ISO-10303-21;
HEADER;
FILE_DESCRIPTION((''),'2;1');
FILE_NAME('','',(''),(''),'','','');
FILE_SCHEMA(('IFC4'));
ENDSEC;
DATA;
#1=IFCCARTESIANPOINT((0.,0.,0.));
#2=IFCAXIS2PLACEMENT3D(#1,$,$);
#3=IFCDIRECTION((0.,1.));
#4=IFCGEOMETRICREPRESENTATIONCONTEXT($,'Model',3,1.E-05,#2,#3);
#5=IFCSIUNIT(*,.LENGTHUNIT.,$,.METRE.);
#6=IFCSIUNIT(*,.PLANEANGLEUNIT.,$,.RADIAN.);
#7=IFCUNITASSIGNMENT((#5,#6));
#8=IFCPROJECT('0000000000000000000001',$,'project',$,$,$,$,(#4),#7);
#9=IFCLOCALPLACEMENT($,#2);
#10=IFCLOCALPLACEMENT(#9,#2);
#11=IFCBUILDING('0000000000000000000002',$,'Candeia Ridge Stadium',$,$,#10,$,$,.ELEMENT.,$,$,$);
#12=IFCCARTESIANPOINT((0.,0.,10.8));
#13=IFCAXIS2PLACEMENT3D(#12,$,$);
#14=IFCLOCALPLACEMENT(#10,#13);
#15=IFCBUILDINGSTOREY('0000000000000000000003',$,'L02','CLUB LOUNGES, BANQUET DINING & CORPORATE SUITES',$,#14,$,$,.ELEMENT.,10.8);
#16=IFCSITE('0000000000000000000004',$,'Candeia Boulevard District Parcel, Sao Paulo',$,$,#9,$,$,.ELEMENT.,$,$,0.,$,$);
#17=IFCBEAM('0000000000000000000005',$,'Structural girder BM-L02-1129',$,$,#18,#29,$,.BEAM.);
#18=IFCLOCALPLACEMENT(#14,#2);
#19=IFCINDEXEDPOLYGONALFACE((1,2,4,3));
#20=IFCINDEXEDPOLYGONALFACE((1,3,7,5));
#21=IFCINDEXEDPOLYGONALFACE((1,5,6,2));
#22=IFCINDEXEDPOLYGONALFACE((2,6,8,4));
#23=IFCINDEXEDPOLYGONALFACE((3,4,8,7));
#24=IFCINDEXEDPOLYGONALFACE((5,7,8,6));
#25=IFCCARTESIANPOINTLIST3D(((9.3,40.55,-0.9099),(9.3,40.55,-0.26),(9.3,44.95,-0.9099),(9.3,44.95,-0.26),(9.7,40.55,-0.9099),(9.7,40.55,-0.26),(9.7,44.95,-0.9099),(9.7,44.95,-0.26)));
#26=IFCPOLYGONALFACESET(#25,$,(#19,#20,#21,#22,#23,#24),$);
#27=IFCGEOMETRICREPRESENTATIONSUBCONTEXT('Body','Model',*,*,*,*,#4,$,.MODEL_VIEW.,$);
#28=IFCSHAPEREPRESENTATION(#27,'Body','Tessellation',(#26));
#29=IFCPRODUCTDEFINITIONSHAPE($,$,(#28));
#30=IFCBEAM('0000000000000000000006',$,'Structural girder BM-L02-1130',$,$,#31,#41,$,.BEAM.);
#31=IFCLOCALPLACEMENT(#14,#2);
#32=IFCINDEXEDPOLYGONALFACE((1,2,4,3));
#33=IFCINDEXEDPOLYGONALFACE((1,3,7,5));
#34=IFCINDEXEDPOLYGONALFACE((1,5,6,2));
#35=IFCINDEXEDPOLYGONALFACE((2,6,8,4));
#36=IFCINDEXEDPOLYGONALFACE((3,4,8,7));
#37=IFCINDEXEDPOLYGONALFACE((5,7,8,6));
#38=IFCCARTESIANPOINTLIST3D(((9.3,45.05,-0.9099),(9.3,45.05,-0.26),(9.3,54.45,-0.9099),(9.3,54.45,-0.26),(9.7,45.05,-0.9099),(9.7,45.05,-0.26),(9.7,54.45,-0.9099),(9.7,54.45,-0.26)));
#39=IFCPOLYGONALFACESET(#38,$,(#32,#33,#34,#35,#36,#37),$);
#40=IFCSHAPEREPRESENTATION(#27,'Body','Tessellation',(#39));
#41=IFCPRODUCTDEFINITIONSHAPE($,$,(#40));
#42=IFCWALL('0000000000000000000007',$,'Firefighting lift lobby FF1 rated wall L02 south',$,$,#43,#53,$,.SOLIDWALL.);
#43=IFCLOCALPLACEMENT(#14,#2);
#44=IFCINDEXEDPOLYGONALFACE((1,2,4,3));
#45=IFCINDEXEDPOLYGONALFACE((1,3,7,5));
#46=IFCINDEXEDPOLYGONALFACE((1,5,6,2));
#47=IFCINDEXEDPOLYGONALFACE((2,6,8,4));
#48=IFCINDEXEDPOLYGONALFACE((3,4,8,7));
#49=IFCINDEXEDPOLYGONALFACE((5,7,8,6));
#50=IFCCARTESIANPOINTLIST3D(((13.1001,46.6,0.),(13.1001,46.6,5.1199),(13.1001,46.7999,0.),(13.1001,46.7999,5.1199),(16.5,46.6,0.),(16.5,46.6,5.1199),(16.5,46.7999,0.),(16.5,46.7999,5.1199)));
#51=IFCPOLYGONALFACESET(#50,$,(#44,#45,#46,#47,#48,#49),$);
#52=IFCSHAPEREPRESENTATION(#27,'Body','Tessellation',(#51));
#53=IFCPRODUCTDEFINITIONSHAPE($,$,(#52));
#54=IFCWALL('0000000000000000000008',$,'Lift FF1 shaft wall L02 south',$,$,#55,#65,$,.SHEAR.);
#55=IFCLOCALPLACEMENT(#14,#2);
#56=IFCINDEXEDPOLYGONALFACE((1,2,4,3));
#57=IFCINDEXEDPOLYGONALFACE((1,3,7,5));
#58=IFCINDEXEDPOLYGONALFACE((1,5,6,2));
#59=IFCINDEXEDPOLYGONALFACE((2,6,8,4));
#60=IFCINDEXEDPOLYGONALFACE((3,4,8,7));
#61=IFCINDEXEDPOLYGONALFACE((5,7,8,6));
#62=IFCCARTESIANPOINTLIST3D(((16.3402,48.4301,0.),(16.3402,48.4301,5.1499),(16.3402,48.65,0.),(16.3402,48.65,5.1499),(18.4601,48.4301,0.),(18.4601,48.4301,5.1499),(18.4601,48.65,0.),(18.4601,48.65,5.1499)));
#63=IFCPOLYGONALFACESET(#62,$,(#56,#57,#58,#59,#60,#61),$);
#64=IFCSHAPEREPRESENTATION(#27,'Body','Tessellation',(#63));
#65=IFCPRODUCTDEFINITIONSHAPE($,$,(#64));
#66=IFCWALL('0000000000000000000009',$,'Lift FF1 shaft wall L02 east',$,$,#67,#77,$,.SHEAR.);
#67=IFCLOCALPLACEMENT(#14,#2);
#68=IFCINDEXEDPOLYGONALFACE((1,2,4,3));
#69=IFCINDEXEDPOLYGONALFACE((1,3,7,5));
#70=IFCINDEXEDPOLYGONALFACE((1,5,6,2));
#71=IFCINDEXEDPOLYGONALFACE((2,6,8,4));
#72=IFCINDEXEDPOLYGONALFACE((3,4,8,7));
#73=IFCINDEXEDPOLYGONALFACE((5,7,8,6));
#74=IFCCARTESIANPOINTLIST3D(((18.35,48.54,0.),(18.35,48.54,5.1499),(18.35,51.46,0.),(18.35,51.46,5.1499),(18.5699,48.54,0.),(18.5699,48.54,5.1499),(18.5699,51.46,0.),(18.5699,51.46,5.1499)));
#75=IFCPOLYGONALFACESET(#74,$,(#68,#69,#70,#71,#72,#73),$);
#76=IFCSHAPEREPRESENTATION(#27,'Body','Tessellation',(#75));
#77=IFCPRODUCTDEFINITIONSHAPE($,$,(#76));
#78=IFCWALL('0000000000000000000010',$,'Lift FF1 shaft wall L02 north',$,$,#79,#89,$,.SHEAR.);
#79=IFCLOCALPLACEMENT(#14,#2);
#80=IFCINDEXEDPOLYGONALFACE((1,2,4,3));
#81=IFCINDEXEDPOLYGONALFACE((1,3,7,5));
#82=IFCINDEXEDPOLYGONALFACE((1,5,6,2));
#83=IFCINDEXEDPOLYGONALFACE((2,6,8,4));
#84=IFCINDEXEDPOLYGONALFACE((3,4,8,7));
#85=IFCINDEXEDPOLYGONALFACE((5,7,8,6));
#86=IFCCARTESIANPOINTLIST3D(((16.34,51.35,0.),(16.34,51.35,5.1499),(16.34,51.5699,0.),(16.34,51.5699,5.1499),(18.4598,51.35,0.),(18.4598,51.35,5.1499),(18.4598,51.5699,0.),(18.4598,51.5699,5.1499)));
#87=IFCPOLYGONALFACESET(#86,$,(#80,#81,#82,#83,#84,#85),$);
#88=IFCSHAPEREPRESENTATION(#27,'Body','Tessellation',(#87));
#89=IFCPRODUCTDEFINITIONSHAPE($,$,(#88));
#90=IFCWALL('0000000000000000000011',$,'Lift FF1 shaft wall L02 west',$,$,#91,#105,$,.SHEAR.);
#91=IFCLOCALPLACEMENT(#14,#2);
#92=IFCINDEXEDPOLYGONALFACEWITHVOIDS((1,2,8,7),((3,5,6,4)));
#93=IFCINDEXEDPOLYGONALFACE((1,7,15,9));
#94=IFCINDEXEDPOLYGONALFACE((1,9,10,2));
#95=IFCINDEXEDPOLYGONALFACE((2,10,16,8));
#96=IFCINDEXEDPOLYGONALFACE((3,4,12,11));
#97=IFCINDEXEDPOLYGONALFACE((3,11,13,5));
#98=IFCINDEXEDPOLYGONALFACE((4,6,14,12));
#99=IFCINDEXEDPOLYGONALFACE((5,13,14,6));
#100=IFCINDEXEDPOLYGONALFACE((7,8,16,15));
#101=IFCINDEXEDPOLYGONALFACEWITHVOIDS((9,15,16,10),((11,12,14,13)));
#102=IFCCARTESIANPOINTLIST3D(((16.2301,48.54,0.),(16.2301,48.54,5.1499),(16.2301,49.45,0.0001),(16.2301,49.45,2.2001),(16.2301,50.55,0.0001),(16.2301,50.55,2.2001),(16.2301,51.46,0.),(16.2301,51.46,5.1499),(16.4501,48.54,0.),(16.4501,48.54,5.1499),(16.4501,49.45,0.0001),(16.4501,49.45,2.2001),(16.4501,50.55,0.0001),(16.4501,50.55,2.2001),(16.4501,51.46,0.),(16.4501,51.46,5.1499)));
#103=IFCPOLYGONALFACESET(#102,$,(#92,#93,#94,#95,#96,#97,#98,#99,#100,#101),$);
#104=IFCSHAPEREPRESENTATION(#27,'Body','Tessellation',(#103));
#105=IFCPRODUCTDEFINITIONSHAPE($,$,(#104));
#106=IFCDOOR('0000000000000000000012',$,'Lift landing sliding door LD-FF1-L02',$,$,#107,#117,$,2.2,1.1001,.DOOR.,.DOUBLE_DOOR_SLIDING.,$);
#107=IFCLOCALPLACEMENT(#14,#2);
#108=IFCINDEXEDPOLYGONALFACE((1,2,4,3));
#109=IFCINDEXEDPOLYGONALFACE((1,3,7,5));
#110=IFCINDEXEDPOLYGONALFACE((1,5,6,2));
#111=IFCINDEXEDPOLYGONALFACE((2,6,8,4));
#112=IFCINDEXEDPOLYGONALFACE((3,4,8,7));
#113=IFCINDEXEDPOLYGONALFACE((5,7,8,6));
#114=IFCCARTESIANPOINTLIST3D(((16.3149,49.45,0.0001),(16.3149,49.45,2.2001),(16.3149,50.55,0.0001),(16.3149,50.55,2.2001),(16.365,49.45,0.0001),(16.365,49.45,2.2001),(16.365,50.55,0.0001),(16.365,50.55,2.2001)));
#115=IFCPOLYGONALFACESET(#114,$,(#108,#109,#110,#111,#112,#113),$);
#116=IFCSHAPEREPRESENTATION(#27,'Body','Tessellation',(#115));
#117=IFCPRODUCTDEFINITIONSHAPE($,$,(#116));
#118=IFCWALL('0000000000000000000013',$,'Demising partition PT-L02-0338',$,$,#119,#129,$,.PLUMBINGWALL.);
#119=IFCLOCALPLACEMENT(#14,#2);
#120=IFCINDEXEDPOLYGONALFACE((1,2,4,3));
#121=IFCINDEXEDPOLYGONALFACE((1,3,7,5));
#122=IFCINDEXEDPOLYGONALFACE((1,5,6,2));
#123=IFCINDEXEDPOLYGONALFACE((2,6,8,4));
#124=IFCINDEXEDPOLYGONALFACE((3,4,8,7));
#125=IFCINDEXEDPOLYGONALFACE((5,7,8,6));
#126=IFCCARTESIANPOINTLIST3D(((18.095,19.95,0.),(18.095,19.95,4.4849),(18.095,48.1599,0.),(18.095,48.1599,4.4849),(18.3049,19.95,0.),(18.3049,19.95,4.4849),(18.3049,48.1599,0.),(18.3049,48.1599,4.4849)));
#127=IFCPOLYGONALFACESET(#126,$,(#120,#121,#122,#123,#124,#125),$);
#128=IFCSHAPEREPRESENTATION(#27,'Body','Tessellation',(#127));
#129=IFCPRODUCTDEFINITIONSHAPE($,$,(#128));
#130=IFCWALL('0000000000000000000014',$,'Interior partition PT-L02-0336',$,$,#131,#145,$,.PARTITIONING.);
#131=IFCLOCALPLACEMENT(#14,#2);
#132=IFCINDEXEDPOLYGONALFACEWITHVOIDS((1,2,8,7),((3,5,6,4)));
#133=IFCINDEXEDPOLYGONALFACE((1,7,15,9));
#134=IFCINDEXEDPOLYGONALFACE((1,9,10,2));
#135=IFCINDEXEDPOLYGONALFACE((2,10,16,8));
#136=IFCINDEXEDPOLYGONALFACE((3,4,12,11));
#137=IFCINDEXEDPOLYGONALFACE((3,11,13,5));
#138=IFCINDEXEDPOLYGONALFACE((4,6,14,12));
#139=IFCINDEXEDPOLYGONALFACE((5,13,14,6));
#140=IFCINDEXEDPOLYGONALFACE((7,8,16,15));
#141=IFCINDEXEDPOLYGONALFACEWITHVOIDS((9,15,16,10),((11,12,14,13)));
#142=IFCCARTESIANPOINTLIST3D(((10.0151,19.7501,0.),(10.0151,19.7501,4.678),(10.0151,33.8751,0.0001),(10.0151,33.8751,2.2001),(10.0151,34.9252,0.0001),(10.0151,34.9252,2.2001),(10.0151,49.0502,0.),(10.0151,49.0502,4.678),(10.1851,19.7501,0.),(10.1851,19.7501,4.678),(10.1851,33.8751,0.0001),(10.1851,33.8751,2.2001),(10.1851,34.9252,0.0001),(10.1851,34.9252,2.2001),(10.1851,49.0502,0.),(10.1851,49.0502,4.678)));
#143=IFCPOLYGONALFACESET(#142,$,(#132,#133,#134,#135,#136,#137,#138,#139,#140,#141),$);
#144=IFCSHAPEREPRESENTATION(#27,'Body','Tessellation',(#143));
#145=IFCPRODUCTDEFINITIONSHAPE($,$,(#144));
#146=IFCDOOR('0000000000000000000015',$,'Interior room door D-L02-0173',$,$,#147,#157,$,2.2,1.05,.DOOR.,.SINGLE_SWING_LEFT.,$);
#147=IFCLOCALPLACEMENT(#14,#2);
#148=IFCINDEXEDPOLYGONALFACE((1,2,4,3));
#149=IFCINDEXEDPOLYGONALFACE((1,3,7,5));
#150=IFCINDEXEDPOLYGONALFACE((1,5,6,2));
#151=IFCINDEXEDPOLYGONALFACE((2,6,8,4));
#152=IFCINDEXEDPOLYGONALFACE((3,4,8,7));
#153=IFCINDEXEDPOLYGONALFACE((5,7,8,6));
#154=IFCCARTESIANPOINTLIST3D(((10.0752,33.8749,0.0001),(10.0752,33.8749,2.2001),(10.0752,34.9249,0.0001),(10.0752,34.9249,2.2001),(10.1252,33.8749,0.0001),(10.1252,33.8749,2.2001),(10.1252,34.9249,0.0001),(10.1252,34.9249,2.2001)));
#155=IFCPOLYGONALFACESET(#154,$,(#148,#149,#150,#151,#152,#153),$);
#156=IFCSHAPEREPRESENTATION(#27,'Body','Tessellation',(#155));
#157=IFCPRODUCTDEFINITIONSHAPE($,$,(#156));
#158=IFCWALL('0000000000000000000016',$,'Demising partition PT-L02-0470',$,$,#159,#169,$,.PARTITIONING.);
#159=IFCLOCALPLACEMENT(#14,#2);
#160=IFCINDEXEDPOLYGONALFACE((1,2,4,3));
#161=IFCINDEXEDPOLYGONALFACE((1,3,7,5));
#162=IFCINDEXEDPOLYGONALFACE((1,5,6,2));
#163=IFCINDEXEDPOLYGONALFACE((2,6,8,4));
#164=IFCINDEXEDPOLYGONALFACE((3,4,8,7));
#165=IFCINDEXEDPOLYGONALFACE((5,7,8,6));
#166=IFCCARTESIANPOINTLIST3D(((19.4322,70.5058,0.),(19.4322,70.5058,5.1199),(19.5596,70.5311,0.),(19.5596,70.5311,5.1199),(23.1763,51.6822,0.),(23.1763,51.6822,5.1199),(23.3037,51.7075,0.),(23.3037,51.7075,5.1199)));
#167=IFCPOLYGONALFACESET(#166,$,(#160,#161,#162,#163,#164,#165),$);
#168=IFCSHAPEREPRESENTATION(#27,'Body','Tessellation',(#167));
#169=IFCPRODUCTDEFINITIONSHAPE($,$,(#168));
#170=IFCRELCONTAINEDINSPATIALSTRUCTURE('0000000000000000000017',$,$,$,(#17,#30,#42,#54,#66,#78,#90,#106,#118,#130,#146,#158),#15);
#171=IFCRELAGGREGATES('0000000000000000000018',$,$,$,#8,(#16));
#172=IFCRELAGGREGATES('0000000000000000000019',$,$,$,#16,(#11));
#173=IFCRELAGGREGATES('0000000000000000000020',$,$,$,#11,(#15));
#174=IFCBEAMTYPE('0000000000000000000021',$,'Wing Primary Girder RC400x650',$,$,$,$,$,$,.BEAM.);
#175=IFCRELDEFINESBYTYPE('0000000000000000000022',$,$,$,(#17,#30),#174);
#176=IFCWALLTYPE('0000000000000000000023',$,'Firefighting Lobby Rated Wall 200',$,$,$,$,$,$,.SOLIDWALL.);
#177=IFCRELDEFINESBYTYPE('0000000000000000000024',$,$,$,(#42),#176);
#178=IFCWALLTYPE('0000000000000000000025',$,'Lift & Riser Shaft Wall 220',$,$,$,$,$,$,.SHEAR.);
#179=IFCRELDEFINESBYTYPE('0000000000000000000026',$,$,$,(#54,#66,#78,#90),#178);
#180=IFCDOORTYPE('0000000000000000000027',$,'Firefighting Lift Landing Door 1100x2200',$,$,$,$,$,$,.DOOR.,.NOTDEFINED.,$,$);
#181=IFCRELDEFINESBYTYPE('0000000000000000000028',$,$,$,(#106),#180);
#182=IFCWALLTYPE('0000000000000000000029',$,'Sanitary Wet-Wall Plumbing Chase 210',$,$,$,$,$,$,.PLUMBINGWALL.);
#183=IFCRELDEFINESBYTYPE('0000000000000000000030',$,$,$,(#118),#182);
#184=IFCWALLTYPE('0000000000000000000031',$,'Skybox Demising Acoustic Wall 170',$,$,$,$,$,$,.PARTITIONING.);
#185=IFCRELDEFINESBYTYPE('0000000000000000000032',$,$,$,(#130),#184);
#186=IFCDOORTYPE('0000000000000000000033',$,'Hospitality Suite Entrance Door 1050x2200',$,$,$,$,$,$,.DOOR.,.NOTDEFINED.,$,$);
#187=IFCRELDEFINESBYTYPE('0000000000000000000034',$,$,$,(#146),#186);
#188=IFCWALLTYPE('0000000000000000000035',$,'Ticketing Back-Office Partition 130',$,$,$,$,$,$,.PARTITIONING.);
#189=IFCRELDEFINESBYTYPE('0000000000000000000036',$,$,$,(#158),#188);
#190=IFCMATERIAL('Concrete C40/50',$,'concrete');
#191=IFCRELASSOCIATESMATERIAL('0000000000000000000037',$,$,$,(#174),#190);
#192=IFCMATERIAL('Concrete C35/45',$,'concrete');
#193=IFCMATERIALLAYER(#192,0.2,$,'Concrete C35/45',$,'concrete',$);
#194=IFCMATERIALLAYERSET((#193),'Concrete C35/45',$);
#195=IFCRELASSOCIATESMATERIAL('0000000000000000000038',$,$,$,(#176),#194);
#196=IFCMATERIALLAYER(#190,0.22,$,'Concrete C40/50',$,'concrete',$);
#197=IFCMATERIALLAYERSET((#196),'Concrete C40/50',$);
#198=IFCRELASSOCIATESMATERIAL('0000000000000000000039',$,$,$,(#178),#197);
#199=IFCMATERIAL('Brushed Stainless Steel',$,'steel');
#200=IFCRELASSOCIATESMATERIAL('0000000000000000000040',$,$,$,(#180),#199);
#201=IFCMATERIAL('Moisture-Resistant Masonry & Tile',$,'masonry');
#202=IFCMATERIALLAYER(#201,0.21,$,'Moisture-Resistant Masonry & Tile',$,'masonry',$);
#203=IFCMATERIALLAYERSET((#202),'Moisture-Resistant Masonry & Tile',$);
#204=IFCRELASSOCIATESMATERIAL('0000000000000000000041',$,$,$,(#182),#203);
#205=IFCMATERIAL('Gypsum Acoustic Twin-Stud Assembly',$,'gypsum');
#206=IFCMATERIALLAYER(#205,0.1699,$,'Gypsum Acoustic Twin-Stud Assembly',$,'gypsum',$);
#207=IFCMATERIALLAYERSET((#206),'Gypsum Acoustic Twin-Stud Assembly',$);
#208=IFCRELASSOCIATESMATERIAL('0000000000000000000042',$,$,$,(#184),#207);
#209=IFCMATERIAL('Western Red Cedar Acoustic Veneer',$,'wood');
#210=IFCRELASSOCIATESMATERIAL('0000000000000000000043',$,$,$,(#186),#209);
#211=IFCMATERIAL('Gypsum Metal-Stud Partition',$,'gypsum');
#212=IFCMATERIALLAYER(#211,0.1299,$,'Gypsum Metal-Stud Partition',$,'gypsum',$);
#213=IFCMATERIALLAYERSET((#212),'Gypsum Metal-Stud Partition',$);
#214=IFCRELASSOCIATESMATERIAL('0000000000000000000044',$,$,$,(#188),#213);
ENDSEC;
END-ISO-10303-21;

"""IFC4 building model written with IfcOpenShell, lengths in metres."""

from ifc_helpers import new_model, si_unit, direction, frame, frame_2d, origin, origin_2d, place, context, subcontext, project, spatial, rectangle, extrude, material, layer, layer_set, material_profile, profile_set, type_object, element, fill, save


model = new_model("IFC4")

# Units and contexts
model_context = context("Model", 3, precision=1e-05, world=origin(), true_north=direction((0.0, 1.0)))
body_context = subcontext(model_context, "Body", "Model", "MODEL_VIEW")
ifc_project = project(units=[si_unit("LENGTHUNIT", "METRE"), si_unit("PLANEANGLEUNIT", "RADIAN")], contexts=[model_context])

# Site, building, storey
site_placement = place(None, origin())
site = spatial("IfcSite", under=ifc_project, at=site_placement, Name="Candeia Boulevard District Parcel, Sao Paulo", CompositionType="ELEMENT", RefElevation=0.0)
building_placement = place(site_placement, origin())
building = spatial("IfcBuilding", under=site, at=building_placement, Name="Candeia Ridge Stadium", CompositionType="ELEMENT")
storey_placement = place(building_placement, frame((0.0, 0.0, 10.8)))
storey = spatial("IfcBuildingStorey", under=building, at=storey_placement, Name="L02", Description="CLUB LOUNGES, BANQUET DINING & CORPORATE SUITES", CompositionType="ELEMENT", Elevation=10.8)

# Shared definitions
ifc_material_1 = material(Name="Concrete C40/50", Category="concrete")

# Beams
ifc_material_profile_1 = material_profile(ifc_material_1, rectangle(XDim=0.3999, YDim=0.6499, at=origin_2d()), Name="RC400x650", Category="concrete")
ifc_profile_set_1 = profile_set([ifc_material_profile_1], Name="Concrete C40/50")
beam_type_1 = type_object("IfcBeamType", Name="Wing Primary Girder RC400x650", PredefinedType="BEAM", material=ifc_profile_set_1)
beam_1_placement = place(storey_placement, frame((9.5, 40.55, -0.585), z_axis=(0.0, 1.0, 0.0), x_axis=(-1.0, 0.0, 0.0)))
element("IfcBeam", 1, at=beam_1_placement, inside=storey, type_object=beam_type_1, Name="Structural girder BM-L02-1129", PredefinedType="BEAM", context=body_context, shape_type="SweptSolid", body=[
    extrude(rectangle(XDim=0.3999, YDim=0.6499, at=origin_2d()), origin(), (0.0, 0.0, 1.0), 4.3999),
])
beam_2_placement = place(storey_placement, frame((9.5, 45.05, -0.585), z_axis=(0.0, 1.0, 0.0), x_axis=(-1.0, 0.0, 0.0)))
element("IfcBeam", 2, at=beam_2_placement, inside=storey, type_object=beam_type_1, Name="Structural girder BM-L02-1130", PredefinedType="BEAM", context=body_context, shape_type="SweptSolid", body=[
    extrude(rectangle(XDim=0.3999, YDim=0.6499, at=origin_2d()), origin(), (0.0, 0.0, 1.0), 9.3999),
])

# Walls
ifc_material_2 = material(Name="Concrete C35/45", Category="concrete")
ifc_layer_1 = layer(ifc_material_2, 0.2, Name="Concrete C35/45", Category="concrete")
ifc_layer_set_1 = layer_set([ifc_layer_1], Name="Concrete C35/45")
wall_type_1 = type_object("IfcWallType", Name="Firefighting Lobby Rated Wall 200", PredefinedType="SOLIDWALL", material=ifc_layer_set_1)
wall_1_placement = place(storey_placement, frame((13.1001, 46.7, 0.0), z_axis=(0.0, 0.0, 1.0), x_axis=(1.0, 0.0, 0.0)))
element("IfcWall", 3, at=wall_1_placement, inside=storey, type_object=wall_type_1, Name="Firefighting lift lobby FF1 rated wall L02 south", PredefinedType="SOLIDWALL", context=body_context, shape_type="SweptSolid", body=[
    extrude(rectangle(XDim=3.3999, YDim=0.2, at=frame_2d((1.7, 0.0))), origin(), (0.0, 0.0, 1.0), 5.1199),
])
ifc_layer_2 = layer(ifc_material_1, 0.22, Name="Concrete C40/50", Category="concrete")
ifc_layer_set_2 = layer_set([ifc_layer_2], Name="Concrete C40/50")
wall_type_2 = type_object("IfcWallType", Name="Lift & Riser Shaft Wall 220", PredefinedType="SHEAR", material=ifc_layer_set_2)
wall_2_placement = place(storey_placement, frame((16.3401, 48.54, 0.0), z_axis=(0.0, 0.0, 1.0), x_axis=(1.0, 0.0, 0.0)))
element("IfcWall", 4, at=wall_2_placement, inside=storey, type_object=wall_type_2, Name="Lift FF1 shaft wall L02 south", PredefinedType="SHEAR", context=body_context, shape_type="SweptSolid", body=[
    extrude(rectangle(XDim=2.1199, YDim=0.22, at=frame_2d((1.0601, 0.0))), origin(), (0.0, 0.0, 1.0), 5.1499),
])
wall_3_placement = place(storey_placement, frame((18.46, 48.54, 0.0), z_axis=(0.0, 0.0, 1.0), x_axis=(0.0, 1.0, 0.0)))
element("IfcWall", 5, at=wall_3_placement, inside=storey, type_object=wall_type_2, Name="Lift FF1 shaft wall L02 east", PredefinedType="SHEAR", context=body_context, shape_type="SweptSolid", body=[
    extrude(rectangle(XDim=2.9199, YDim=0.22, at=frame_2d((1.46, 0.0))), origin(), (0.0, 0.0, 1.0), 5.1499),
])
wall_4_placement = place(storey_placement, frame((18.46, 51.46, 0.0), z_axis=(0.0, 0.0, 1.0), x_axis=(-1.0, 0.0, 0.0)))
element("IfcWall", 6, at=wall_4_placement, inside=storey, type_object=wall_type_2, Name="Lift FF1 shaft wall L02 north", PredefinedType="SHEAR", context=body_context, shape_type="SweptSolid", body=[
    extrude(rectangle(XDim=2.1199, YDim=0.22, at=frame_2d((1.0601, 0.0))), origin(), (0.0, 0.0, 1.0), 5.1499),
])

# Wall, opening, door
wall_5_placement = place(storey_placement, frame((16.3401, 51.46, 0.0), z_axis=(0.0, 0.0, 1.0), x_axis=(0.0, -1.0, 0.0)))
wall_5 = element("IfcWall", 7, at=wall_5_placement, inside=storey, type_object=wall_type_2, Name="Lift FF1 shaft wall L02 west", PredefinedType="SHEAR", context=body_context, shape_type="SweptSolid", body=[
    extrude(rectangle(XDim=2.9199, YDim=0.22, at=frame_2d((1.46, 0.0))), origin(), (0.0, 0.0, 1.0), 5.1499),
])
opening_1_placement = place(wall_5_placement, frame((0.9099, 0.0, 0.0)))
opening_1 = element("IfcOpeningElement", 8, at=opening_1_placement, cuts=wall_5, PredefinedType="OPENING", context=body_context, shape_type="SweptSolid", body=[
    extrude(rectangle(XDim=1.1001, YDim=2.2, at=frame_2d((0.55, 1.1001))), frame((0.0, 0.1199, 0.0), z_axis=(0.0, -1.0, 0.0), x_axis=(1.0, 0.0, 0.0)), (0.0, 0.0, 1.0), 0.24),
])
ifc_material_3 = material(Name="Brushed Stainless Steel", Category="steel")
door_type_1 = type_object("IfcDoorType", Name="Firefighting Lift Landing Door 1100x2200", OperationType="NOTDEFINED", PredefinedType="DOOR", material=ifc_material_3)
door_1_placement = place(opening_1_placement, origin())
door_1 = element("IfcDoor", 9, at=door_1_placement, inside=storey, type_object=door_type_1, Name="Lift landing sliding door LD-FF1-L02", OperationType="DOUBLE_DOOR_SLIDING", OverallHeight=2.2, OverallWidth=1.1001, PredefinedType="DOOR", context=body_context, shape_type="SweptSolid", body=[
    extrude(rectangle(XDim=1.1001, YDim=2.2, at=frame_2d((0.55, 1.1001))), frame((0.0, 0.0249, 0.0), z_axis=(0.0, -1.0, 0.0), x_axis=(1.0, 0.0, 0.0)), (0.0, 0.0, 1.0), 0.05),
])
fill(opening_1, door_1)

# Wall
ifc_material_4 = material(Name="Moisture-Resistant Masonry & Tile", Category="masonry")
ifc_layer_3 = layer(ifc_material_4, 0.21, Name="Moisture-Resistant Masonry & Tile", Category="masonry")
ifc_layer_set_3 = layer_set([ifc_layer_3], Name="Moisture-Resistant Masonry & Tile")
wall_type_3 = type_object("IfcWallType", Name="Sanitary Wet-Wall Plumbing Chase 210", PredefinedType="PLUMBINGWALL", material=ifc_layer_set_3)
wall_6_placement = place(storey_placement, frame((18.2, 48.1599, 0.0), z_axis=(0.0, 0.0, 1.0), x_axis=(0.0, -1.0, 0.0)))
element("IfcWall", 10, at=wall_6_placement, inside=storey, type_object=wall_type_3, Name="Demising partition PT-L02-0338", PredefinedType="PLUMBINGWALL", context=body_context, shape_type="SweptSolid", body=[
    extrude(rectangle(XDim=28.21, YDim=0.21, at=frame_2d((14.105, 0.0))), origin(), (0.0, 0.0, 1.0), 4.4849),
])

# Wall, opening, door
ifc_material_5 = material(Name="Gypsum Acoustic Twin-Stud Assembly", Category="gypsum")
ifc_layer_4 = layer(ifc_material_5, 0.1699, Name="Gypsum Acoustic Twin-Stud Assembly", Category="gypsum")
ifc_layer_set_4 = layer_set([ifc_layer_4], Name="Gypsum Acoustic Twin-Stud Assembly")
wall_type_4 = type_object("IfcWallType", Name="Skybox Demising Acoustic Wall 170", PredefinedType="PARTITIONING", material=ifc_layer_set_4)
wall_7_placement = place(storey_placement, frame((10.1001, 49.05, 0.0), z_axis=(0.0, 0.0, 1.0), x_axis=(0.0, -1.0, 0.0)))
wall_7 = element("IfcWall", 11, at=wall_7_placement, inside=storey, type_object=wall_type_4, Name="Interior partition PT-L02-0336", PredefinedType="PARTITIONING", context=body_context, shape_type="SweptSolid", body=[
    extrude(rectangle(XDim=29.3, YDim=0.1699, at=frame_2d((14.6499, 0.0))), origin(), (0.0, 0.0, 1.0), 4.678),
])
opening_2_placement = place(wall_7_placement, frame((14.125, 0.0, 0.0)))
opening_2 = element("IfcOpeningElement", 12, at=opening_2_placement, cuts=wall_7, PredefinedType="OPENING", context=body_context, shape_type="SweptSolid", body=[
    extrude(rectangle(XDim=1.05, YDim=2.2, at=frame_2d((0.5249, 1.1001))), frame((0.0, 0.095, 0.0), z_axis=(0.0, -1.0, 0.0), x_axis=(1.0, 0.0, 0.0)), (0.0, 0.0, 1.0), 0.1899),
])
ifc_material_6 = material(Name="Western Red Cedar Acoustic Veneer", Category="wood")
door_type_2 = type_object("IfcDoorType", Name="Hospitality Suite Entrance Door 1050x2200", OperationType="NOTDEFINED", PredefinedType="DOOR", material=ifc_material_6)
door_2_placement = place(opening_2_placement, frame((1.05, 0.0, 0.0), z_axis=(0.0, 0.0, 1.0), x_axis=(-1.0, 0.0, 0.0)))
door_2 = element("IfcDoor", 13, at=door_2_placement, inside=storey, type_object=door_type_2, Name="Interior room door D-L02-0173", OperationType="SINGLE_SWING_LEFT", OverallHeight=2.2, OverallWidth=1.05, PredefinedType="DOOR", context=body_context, shape_type="SweptSolid", body=[
    extrude(rectangle(XDim=1.05, YDim=2.2, at=frame_2d((0.5249, 1.1001))), frame((0.0, 0.0249, 0.0), z_axis=(0.0, -1.0, 0.0), x_axis=(1.0, 0.0, 0.0)), (0.0, 0.0, 1.0), 0.05),
])
fill(opening_2, door_2)

# Wall
ifc_material_7 = material(Name="Gypsum Metal-Stud Partition", Category="gypsum")
ifc_layer_5 = layer(ifc_material_7, 0.1299, Name="Gypsum Metal-Stud Partition", Category="gypsum")
ifc_layer_set_5 = layer_set([ifc_layer_5], Name="Gypsum Metal-Stud Partition")
wall_type_5 = type_object("IfcWallType", Name="Ticketing Back-Office Partition 130", PredefinedType="PARTITIONING", material=ifc_layer_set_5)
wall_8_placement = place(storey_placement, frame((23.24, 51.6948, 0.0), z_axis=(0.0, 0.0, 1.0), x_axis=(-0.195084, 0.980787, 0.0)))
element("IfcWall", 14, at=wall_8_placement, inside=storey, type_object=wall_type_5, Name="Demising partition PT-L02-0470", PredefinedType="PARTITIONING", context=body_context, shape_type="SweptSolid", body=[
    extrude(rectangle(XDim=19.1924, YDim=0.1299, at=frame_2d((9.5962, 0.0))), origin(), (0.0, 0.0, 1.0), 5.1199),
])

save(model, "model.ifc")
